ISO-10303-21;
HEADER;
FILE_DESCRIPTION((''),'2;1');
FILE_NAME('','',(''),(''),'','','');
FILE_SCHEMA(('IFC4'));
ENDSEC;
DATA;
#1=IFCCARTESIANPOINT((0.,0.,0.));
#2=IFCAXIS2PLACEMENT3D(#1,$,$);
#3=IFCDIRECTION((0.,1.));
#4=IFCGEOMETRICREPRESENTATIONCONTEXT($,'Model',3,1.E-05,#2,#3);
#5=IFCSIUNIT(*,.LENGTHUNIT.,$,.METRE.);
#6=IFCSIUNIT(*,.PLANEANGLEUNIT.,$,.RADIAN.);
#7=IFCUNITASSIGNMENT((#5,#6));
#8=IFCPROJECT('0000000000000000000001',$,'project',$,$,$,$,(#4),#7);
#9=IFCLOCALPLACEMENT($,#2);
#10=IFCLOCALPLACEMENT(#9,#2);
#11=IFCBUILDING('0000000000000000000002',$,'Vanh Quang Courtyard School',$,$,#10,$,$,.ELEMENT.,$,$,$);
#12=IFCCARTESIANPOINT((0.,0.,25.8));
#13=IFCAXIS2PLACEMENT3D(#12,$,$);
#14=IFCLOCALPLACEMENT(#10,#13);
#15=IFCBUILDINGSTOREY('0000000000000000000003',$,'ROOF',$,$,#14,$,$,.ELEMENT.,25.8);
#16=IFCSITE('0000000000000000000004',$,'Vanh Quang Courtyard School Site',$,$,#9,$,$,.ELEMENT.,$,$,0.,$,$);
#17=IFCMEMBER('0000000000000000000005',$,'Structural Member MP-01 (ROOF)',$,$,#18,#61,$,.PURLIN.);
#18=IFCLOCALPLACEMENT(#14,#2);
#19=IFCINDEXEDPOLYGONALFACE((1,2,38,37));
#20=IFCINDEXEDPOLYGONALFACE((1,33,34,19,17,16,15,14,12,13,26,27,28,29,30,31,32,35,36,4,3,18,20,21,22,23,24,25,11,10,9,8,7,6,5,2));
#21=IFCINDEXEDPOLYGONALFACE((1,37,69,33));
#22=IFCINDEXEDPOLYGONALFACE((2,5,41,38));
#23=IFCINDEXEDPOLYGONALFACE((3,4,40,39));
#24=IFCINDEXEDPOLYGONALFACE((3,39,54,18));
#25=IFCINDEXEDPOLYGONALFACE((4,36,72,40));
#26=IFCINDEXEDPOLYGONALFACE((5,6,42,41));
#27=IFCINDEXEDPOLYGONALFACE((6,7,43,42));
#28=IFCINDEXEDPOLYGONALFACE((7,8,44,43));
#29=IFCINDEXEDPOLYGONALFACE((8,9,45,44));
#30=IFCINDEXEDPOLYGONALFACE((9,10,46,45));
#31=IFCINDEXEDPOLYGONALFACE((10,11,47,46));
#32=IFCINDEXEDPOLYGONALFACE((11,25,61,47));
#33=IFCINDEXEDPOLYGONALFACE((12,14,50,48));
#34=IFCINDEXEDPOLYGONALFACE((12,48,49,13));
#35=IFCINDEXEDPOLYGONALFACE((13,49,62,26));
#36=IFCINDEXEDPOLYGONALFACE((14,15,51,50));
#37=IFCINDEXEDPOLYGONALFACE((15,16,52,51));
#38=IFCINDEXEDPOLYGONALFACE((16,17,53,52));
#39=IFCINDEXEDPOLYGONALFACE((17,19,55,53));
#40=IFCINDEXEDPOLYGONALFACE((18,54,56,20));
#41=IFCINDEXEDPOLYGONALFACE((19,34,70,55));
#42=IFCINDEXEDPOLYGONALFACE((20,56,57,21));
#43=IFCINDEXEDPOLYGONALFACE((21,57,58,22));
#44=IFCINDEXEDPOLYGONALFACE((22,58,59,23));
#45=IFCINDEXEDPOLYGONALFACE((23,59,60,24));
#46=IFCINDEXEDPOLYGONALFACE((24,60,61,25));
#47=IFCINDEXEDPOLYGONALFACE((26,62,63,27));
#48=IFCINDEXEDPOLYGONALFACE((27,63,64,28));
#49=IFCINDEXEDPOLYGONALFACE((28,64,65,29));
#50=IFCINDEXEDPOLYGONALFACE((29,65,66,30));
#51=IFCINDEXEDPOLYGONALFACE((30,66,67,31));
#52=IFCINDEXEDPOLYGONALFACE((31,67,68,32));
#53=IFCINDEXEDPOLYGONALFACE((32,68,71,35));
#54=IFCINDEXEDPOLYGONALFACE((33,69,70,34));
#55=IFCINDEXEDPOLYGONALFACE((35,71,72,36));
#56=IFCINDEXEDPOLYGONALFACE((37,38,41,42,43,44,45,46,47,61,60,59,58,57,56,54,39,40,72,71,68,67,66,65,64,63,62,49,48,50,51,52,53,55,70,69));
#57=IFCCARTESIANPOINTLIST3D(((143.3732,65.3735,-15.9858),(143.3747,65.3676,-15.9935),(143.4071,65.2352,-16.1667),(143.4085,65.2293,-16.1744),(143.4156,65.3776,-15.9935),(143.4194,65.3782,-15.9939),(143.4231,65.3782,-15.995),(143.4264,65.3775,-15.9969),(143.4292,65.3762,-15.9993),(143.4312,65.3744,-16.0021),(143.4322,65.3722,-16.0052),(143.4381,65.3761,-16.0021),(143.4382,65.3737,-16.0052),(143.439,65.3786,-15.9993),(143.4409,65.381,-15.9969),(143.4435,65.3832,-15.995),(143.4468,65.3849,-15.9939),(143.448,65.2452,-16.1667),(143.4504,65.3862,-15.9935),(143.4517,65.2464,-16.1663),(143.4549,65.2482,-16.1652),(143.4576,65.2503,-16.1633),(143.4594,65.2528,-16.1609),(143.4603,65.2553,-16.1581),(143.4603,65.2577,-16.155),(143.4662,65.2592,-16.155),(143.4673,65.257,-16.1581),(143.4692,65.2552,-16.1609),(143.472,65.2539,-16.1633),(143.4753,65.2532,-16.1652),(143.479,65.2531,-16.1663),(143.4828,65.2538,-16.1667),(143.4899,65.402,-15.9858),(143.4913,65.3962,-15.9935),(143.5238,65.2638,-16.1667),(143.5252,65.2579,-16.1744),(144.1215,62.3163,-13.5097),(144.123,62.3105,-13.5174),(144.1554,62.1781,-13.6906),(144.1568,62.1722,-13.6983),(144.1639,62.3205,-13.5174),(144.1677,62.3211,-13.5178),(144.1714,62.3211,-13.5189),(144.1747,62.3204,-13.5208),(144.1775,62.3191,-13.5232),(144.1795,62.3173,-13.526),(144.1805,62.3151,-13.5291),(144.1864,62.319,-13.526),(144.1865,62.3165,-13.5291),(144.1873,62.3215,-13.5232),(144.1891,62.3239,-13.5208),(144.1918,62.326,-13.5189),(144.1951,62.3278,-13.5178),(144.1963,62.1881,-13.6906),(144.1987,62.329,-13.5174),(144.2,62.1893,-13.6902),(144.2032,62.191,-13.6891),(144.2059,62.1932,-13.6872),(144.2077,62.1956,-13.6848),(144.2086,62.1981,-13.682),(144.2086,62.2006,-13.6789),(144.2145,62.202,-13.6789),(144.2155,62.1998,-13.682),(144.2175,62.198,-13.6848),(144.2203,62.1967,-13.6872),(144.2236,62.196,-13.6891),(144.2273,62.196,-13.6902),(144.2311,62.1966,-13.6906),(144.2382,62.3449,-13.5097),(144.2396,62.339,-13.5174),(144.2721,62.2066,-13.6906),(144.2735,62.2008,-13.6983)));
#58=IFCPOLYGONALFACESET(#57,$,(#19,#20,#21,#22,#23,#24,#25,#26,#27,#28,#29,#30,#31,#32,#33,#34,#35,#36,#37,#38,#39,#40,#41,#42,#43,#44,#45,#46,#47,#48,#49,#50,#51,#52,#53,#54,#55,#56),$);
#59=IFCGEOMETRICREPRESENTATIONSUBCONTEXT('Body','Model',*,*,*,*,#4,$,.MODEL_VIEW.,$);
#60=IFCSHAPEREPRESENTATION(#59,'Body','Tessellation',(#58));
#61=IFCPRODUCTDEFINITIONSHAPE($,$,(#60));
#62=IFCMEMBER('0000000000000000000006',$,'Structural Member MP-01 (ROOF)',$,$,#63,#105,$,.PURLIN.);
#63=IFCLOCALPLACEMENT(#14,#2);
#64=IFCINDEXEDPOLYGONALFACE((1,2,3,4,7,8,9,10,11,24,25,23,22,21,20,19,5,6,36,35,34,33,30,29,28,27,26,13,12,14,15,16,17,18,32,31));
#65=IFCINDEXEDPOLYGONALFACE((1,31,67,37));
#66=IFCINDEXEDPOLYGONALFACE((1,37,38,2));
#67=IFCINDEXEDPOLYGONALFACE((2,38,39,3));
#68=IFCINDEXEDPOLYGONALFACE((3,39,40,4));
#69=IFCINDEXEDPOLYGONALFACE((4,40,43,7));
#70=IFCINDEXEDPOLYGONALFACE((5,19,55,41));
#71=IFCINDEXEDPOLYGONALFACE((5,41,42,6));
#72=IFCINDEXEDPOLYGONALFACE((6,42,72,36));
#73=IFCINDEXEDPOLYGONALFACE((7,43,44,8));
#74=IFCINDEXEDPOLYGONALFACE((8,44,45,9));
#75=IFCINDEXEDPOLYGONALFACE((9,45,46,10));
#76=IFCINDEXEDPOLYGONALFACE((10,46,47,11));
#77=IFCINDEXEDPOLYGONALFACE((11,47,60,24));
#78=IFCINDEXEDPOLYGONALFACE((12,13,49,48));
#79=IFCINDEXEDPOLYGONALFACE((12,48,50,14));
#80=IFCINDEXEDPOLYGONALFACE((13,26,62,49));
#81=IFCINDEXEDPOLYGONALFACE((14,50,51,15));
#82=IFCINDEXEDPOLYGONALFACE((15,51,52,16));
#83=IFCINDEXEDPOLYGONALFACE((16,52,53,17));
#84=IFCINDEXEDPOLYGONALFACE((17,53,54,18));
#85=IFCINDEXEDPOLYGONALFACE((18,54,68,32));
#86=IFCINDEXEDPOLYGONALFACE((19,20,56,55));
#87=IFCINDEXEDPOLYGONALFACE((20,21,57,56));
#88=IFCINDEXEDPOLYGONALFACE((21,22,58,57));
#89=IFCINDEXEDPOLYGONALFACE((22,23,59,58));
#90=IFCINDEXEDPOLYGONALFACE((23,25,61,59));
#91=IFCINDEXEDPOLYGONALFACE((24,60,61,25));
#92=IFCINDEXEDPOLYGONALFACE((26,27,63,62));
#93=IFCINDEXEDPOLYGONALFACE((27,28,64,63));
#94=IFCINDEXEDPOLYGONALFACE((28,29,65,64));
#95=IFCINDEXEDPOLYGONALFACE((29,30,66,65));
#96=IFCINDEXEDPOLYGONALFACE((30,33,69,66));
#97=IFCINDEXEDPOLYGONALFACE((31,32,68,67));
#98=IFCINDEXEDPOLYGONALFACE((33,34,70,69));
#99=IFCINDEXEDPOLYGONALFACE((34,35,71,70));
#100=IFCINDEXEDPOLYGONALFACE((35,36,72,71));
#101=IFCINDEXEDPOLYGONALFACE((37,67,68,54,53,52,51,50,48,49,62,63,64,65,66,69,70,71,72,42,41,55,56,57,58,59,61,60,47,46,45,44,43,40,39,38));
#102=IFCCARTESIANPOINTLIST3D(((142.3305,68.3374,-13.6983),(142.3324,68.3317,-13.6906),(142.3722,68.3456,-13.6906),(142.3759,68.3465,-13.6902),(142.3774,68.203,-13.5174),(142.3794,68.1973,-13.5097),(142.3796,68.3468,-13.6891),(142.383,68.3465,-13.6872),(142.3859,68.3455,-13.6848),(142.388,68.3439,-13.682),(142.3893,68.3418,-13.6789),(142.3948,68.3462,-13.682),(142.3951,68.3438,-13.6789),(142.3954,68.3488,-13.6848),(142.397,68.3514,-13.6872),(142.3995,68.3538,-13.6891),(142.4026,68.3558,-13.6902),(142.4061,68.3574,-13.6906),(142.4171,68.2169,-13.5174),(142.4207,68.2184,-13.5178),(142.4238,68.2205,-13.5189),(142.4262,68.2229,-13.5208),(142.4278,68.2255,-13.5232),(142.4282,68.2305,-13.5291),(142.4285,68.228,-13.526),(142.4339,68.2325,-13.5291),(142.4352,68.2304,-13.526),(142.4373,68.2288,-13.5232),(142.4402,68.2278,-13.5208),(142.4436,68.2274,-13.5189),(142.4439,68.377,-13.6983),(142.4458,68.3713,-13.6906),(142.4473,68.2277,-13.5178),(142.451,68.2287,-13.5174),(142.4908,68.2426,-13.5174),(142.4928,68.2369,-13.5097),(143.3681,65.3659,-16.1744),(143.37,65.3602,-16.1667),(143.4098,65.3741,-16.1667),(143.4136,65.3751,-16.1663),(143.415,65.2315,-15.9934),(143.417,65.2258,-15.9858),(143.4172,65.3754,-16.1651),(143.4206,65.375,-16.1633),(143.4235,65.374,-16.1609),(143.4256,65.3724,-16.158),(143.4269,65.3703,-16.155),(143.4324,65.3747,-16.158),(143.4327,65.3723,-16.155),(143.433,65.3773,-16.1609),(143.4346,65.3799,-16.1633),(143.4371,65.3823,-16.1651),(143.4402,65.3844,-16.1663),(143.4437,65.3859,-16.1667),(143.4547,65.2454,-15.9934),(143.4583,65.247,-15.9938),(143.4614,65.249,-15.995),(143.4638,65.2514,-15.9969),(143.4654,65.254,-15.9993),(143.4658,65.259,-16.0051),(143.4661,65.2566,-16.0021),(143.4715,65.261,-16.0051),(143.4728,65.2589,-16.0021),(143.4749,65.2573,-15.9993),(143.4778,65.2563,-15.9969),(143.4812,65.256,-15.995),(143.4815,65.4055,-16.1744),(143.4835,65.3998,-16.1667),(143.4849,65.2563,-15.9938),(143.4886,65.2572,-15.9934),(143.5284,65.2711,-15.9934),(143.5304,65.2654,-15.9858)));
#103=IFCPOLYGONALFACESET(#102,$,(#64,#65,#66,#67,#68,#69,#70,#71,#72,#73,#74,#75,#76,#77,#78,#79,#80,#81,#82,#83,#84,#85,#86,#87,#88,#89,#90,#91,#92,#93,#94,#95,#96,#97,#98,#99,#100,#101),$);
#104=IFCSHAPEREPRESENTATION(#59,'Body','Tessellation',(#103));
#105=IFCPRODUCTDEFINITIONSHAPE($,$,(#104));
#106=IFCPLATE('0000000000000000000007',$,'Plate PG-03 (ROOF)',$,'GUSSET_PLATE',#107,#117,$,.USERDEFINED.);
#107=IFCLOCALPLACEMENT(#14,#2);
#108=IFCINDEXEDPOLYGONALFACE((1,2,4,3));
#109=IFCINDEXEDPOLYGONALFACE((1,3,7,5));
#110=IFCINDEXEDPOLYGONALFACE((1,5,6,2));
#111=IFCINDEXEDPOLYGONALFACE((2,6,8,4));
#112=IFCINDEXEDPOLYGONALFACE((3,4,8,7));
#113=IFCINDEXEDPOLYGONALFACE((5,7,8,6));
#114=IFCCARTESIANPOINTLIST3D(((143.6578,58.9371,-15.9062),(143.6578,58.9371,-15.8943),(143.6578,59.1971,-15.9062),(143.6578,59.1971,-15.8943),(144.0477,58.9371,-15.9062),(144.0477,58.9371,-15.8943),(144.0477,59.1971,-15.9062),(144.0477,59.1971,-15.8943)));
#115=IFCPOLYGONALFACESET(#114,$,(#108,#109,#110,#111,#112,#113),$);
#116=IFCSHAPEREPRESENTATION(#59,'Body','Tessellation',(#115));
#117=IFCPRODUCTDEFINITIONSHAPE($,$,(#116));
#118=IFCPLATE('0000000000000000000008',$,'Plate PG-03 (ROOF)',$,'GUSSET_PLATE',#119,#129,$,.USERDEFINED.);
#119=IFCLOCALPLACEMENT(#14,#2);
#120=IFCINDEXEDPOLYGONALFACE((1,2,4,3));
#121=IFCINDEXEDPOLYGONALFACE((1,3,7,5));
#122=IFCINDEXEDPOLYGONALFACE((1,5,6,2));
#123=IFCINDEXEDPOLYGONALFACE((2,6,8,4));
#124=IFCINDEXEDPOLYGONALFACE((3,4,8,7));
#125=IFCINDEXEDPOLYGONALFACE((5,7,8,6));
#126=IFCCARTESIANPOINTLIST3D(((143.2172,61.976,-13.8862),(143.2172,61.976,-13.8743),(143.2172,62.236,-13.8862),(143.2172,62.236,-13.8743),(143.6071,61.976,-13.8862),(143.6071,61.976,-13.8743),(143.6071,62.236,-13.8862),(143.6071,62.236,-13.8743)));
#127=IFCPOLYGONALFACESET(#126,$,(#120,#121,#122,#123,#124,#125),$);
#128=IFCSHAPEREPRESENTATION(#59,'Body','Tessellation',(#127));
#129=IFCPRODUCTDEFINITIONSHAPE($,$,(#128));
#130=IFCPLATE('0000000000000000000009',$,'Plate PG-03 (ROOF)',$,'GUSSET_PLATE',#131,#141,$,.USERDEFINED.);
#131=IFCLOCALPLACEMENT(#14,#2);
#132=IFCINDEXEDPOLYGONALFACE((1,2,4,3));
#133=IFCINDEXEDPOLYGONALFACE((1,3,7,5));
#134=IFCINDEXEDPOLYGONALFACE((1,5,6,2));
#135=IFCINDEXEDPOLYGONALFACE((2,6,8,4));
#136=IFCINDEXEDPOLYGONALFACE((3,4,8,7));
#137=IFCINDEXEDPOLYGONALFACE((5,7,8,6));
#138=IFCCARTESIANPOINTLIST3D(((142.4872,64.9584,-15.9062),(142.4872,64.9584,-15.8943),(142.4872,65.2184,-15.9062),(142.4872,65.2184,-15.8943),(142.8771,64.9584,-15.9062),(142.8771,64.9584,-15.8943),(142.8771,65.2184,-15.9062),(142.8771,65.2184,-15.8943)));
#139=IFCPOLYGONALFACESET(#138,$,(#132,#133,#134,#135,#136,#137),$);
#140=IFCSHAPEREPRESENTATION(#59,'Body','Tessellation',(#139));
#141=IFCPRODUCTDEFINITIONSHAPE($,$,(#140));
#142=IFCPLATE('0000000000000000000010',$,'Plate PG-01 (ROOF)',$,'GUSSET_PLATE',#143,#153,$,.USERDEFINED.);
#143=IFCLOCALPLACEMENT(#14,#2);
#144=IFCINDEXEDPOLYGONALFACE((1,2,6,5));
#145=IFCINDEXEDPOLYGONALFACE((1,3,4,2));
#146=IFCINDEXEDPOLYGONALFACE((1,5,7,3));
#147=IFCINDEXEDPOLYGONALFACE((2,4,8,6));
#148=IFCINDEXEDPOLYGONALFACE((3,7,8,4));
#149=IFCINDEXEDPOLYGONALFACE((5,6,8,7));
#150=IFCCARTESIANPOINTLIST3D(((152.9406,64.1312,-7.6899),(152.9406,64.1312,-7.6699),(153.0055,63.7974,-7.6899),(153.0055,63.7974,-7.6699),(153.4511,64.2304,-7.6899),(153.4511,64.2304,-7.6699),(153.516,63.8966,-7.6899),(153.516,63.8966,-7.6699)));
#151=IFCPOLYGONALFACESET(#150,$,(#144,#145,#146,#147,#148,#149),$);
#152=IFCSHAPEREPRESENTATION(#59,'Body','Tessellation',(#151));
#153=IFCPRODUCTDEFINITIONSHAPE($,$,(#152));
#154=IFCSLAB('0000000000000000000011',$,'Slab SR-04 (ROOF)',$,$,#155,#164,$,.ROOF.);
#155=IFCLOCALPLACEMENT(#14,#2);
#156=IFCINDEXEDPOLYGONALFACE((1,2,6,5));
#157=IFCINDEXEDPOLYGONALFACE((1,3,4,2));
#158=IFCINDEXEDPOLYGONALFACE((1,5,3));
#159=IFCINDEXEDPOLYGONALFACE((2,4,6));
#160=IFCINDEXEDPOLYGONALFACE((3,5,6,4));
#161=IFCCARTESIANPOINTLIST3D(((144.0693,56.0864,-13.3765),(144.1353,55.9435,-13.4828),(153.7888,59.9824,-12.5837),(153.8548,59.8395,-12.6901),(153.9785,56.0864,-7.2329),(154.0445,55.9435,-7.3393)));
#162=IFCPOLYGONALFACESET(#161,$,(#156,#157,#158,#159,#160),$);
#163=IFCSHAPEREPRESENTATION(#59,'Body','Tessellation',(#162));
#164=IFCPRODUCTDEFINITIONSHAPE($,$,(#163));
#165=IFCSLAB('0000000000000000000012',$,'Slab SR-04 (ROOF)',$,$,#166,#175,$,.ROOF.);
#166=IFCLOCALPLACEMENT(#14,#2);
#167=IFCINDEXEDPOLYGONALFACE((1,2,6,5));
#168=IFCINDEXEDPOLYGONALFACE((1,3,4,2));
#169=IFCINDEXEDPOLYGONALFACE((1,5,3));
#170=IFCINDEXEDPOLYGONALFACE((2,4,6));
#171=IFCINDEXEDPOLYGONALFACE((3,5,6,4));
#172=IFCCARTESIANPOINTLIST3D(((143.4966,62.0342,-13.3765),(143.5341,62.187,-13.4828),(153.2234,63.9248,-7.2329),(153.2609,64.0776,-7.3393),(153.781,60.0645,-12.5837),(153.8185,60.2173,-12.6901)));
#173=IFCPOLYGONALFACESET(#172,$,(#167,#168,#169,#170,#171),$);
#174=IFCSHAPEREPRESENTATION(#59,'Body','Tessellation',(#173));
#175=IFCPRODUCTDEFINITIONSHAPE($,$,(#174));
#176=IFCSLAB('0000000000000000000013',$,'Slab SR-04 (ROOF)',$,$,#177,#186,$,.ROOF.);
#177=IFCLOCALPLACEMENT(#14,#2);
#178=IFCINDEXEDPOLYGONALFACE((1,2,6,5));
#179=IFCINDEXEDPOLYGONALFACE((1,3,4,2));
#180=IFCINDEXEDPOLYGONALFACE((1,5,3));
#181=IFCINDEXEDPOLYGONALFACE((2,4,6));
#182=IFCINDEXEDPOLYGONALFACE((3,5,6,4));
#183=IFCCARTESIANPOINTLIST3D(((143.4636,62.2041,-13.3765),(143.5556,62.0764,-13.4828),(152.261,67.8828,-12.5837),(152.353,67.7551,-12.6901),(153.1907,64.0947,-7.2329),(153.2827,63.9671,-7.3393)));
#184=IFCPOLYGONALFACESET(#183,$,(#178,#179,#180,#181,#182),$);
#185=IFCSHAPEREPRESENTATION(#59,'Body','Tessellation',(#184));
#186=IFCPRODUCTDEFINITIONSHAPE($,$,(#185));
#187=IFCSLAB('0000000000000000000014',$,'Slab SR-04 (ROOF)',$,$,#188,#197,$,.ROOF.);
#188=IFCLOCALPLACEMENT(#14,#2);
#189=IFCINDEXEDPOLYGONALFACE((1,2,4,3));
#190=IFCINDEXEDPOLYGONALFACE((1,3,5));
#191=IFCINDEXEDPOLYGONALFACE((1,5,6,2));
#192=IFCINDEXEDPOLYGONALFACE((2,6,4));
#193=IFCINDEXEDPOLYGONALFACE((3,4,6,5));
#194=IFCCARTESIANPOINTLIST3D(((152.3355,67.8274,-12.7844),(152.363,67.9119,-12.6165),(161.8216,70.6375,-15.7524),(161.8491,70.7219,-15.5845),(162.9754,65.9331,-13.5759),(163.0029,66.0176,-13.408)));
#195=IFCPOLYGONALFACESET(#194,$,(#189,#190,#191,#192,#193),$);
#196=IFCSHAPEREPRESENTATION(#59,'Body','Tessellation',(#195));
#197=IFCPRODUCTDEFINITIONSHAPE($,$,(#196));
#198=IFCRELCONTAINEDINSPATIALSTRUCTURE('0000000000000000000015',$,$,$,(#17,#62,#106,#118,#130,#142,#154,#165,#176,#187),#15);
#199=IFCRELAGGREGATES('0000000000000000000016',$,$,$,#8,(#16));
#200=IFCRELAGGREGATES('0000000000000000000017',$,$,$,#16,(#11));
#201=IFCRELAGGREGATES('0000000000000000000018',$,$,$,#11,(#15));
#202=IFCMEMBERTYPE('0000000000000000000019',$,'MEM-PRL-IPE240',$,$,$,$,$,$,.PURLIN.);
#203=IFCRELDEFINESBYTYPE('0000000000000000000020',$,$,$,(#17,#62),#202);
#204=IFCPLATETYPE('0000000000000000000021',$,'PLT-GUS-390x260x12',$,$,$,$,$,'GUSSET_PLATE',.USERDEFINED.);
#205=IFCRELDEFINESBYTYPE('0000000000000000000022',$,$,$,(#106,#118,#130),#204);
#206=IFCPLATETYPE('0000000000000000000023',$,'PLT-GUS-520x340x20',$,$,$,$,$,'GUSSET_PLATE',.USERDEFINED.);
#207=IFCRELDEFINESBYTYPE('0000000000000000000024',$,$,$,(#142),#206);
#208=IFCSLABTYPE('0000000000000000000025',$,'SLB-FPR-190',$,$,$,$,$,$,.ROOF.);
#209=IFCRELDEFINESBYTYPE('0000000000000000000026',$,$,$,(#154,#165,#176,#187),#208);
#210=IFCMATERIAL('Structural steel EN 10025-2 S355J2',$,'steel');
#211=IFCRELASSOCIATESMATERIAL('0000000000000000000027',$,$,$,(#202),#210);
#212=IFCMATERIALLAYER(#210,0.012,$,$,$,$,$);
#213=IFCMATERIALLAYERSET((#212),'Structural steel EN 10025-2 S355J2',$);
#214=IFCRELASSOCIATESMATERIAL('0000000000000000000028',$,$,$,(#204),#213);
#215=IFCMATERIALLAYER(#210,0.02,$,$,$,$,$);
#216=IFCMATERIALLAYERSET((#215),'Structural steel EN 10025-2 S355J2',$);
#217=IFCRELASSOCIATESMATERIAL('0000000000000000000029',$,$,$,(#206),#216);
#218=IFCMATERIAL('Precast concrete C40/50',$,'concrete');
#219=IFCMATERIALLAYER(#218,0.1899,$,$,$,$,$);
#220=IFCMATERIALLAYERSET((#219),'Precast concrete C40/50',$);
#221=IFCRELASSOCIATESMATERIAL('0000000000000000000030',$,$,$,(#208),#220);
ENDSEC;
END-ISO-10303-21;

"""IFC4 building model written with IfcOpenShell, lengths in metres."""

from ifc_helpers import new_model, si_unit, direction, frame, origin, origin_2d, place, context, subcontext, project, spatial, polyline, rectangle, i_section, outline, extrude, material, layer, layer_set, material_profile, profile_set, type_object, element, save


model = new_model("IFC4")

# Units and contexts
model_context = context("Model", 3, precision=1e-05, world=origin(), true_north=direction((0.0, 1.0)))
body_context = subcontext(model_context, "Body", "Model", "MODEL_VIEW")
ifc_project = project(units=[si_unit("LENGTHUNIT", "METRE"), si_unit("PLANEANGLEUNIT", "RADIAN")], contexts=[model_context])

# Site, building, storey
site_placement = place(None, origin())
site = spatial("IfcSite", under=ifc_project, at=site_placement, Name="Vanh Quang Courtyard School Site", CompositionType="ELEMENT", RefElevation=0.0)
building_placement = place(site_placement, origin())
building = spatial("IfcBuilding", under=site, at=building_placement, Name="Vanh Quang Courtyard School", CompositionType="ELEMENT")
storey_placement = place(building_placement, frame((0.0, 0.0, 25.8)))
storey = spatial("IfcBuildingStorey", under=building, at=storey_placement, Name="ROOF", CompositionType="ELEMENT", Elevation=25.8)

# Shared definitions
ifc_material_1 = material(Name="Structural steel EN 10025-2 S355J2", Category="steel")

# Members
ifc_material_profile_1 = material_profile(ifc_material_1, i_section(OverallWidth=0.1201, OverallDepth=0.24, WebThickness=0.0061, FlangeThickness=0.0098, FilletRadius=0.0149, at=origin_2d()), Name="IPE 240")
ifc_profile_set_1 = profile_set([ifc_material_profile_1], Name="Structural steel EN 10025-2 S355J2")
member_type_1 = type_object("IfcMemberType", Name="MEM-PRL-IPE240", PredefinedType="PURLIN", material=ifc_profile_set_1)
for number, where, z_axis, x_axis, name in (
    (1, (144.1975, 62.2585, -13.604), (-0.186857, 0.763402, -0.618306), (-0.971326, -0.237751, 0.0), "Structural Member MP-01 (ROOF)"),
    (2, (143.4492, 65.3157, -16.0801), (-0.2591, 0.742002, 0.618304), (-0.944096, -0.32967, 0.0), "Structural Member MP-01 (ROOF)"),
):
    element("IfcMember", number, at=place(storey_placement, frame(where, z_axis=z_axis, x_axis=x_axis)), inside=storey, type_object=member_type_1, Name=name, PredefinedType="PURLIN", context=body_context, shape_type="SweptSolid", body=[
        extrude(i_section(OverallWidth=0.1201, OverallDepth=0.24, WebThickness=0.0061, FlangeThickness=0.0098, FilletRadius=0.0149, at=origin_2d()), origin(), (0.0, 0.0, 1.0), 4.0046),
    ])

# Plates
ifc_layer_1 = layer(ifc_material_1, 0.012)
ifc_layer_set_1 = layer_set([ifc_layer_1], Name="Structural steel EN 10025-2 S355J2")
plate_type_1 = type_object("IfcPlateType", Name="PLT-GUS-390x260x12", ElementType="GUSSET_PLATE", PredefinedType="USERDEFINED", material=ifc_layer_set_1)
for number, where, z_axis, x_axis, name in (
    (3, (143.8528, 59.0671, -15.9062), (0.0, 0.0, 1.0), (1.0, 0.0, 0.0), "Plate PG-03 (ROOF)"),
    (4, (143.4121, 62.106, -13.8862), (0.0, 0.0, 1.0), (1.0, 0.0, 0.0), "Plate PG-03 (ROOF)"),
    (5, (142.6821, 65.0884, -15.9062), (0.0, 0.0, 1.0), (1.0, 0.0, 0.0), "Plate PG-03 (ROOF)"),
):
    element("IfcPlate", number, at=place(storey_placement, frame(where, z_axis=z_axis, x_axis=x_axis)), inside=storey, type_object=plate_type_1, Name=name, ObjectType="GUSSET_PLATE", PredefinedType="USERDEFINED", context=body_context, shape_type="SweptSolid", body=[
        extrude(rectangle(XDim=0.3899, YDim=0.26, at=origin_2d()), origin(), (0.0, 0.0, 1.0), 0.012),
    ])
ifc_layer_2 = layer(ifc_material_1, 0.02)
ifc_layer_set_2 = layer_set([ifc_layer_2], Name="Structural steel EN 10025-2 S355J2")
plate_type_2 = type_object("IfcPlateType", Name="PLT-GUS-520x340x20", ElementType="GUSSET_PLATE", PredefinedType="USERDEFINED", material=ifc_layer_set_2)
plate_placement = place(storey_placement, frame((153.2283, 64.0139, -7.6899), z_axis=(0.0, 0.0, 1.0), x_axis=(0.981627, 0.190809, 0.0)))
element("IfcPlate", 6, at=plate_placement, inside=storey, type_object=plate_type_2, Name="Plate PG-01 (ROOF)", ObjectType="GUSSET_PLATE", PredefinedType="USERDEFINED", context=body_context, shape_type="SweptSolid", body=[
    extrude(rectangle(XDim=0.52, YDim=0.3401, at=origin_2d()), origin(), (0.0, 0.0, 1.0), 0.02),
])

# Slabs
ifc_material_2 = material(Name="Precast concrete C40/50", Category="concrete")
ifc_layer_3 = layer(ifc_material_2, 0.1899)
ifc_layer_set_3 = layer_set([ifc_layer_3], Name="Precast concrete C40/50")
slab_type_1 = type_object("IfcSlabType", Name="SLB-FPR-190", PredefinedType="ROOF", material=ifc_layer_set_3)
slab_1_placement = place(storey_placement, frame((144.0693, 56.0864, -13.3765), z_axis=(-0.347199, 0.752224, 0.560011), x_axis=(0.849908, 0.0, 0.526931)))
element("IfcSlab", 7, at=slab_1_placement, inside=storey, type_object=slab_type_1, Name="Slab SR-04 (ROOF)", PredefinedType="ROOF", context=body_context, shape_type="SweptSolid", body=[
    extrude(outline(polyline([(0.0, 0.0), (11.6591, 0.0), (8.6784, 5.9128), (0.0, 0.0)])), origin(), (0.0, 0.0, -1.0), 0.1899),
])
slab_2_placement = place(storey_placement, frame((143.4966, 62.0342, -13.3765), z_axis=(-0.197279, -0.804679, 0.559976), x_axis=(0.979346, -0.18757, 0.075488)))
element("IfcSlab", 8, at=slab_2_placement, inside=storey, type_object=slab_type_1, Name="Slab SR-04 (ROOF)", PredefinedType="ROOF", context=body_context, shape_type="SweptSolid", body=[
    extrude(outline(polyline([(0.0, 0.0), (10.5013, 0.0), (9.6351, 6.5646), (0.0, 0.0)])), origin(), (0.0, 0.0, -1.0), 0.1899),
])
slab_3_placement = place(storey_placement, frame((143.4636, 62.2041, -13.3765), z_axis=(-0.484344, 0.672163, 0.560007), x_axis=(0.834293, 0.16216, 0.526935)))
element("IfcSlab", 9, at=slab_3_placement, inside=storey, type_object=slab_type_1, Name="Slab SR-04 (ROOF)", PredefinedType="ROOF", context=body_context, shape_type="SweptSolid", body=[
    extrude(outline(polyline([(0.0, 0.0), (11.659, 0.0), (8.6781, 5.9127), (0.0, 0.0)])), origin(), (0.0, 0.0, -1.0), 0.1899),
])
slab_4_placement = place(storey_placement, frame((152.363, 67.9119, -12.6165), z_axis=(0.144899, 0.444518, 0.883973), x_axis=(0.981889, -0.174812, -0.073043)))
element("IfcSlab", 10, at=slab_4_placement, inside=storey, type_object=slab_type_1, Name="Slab SR-04 (ROOF)", PredefinedType="ROOF", context=body_context, shape_type="SweptSolid", body=[
    extrude(outline(polyline([(0.0, 0.0), (10.8361, 0.0), (9.0398, 4.9973), (0.0, 0.0)])), origin(), (0.0, 0.0, -1.0), 0.1899),
])

save(model, "model.ifc")
